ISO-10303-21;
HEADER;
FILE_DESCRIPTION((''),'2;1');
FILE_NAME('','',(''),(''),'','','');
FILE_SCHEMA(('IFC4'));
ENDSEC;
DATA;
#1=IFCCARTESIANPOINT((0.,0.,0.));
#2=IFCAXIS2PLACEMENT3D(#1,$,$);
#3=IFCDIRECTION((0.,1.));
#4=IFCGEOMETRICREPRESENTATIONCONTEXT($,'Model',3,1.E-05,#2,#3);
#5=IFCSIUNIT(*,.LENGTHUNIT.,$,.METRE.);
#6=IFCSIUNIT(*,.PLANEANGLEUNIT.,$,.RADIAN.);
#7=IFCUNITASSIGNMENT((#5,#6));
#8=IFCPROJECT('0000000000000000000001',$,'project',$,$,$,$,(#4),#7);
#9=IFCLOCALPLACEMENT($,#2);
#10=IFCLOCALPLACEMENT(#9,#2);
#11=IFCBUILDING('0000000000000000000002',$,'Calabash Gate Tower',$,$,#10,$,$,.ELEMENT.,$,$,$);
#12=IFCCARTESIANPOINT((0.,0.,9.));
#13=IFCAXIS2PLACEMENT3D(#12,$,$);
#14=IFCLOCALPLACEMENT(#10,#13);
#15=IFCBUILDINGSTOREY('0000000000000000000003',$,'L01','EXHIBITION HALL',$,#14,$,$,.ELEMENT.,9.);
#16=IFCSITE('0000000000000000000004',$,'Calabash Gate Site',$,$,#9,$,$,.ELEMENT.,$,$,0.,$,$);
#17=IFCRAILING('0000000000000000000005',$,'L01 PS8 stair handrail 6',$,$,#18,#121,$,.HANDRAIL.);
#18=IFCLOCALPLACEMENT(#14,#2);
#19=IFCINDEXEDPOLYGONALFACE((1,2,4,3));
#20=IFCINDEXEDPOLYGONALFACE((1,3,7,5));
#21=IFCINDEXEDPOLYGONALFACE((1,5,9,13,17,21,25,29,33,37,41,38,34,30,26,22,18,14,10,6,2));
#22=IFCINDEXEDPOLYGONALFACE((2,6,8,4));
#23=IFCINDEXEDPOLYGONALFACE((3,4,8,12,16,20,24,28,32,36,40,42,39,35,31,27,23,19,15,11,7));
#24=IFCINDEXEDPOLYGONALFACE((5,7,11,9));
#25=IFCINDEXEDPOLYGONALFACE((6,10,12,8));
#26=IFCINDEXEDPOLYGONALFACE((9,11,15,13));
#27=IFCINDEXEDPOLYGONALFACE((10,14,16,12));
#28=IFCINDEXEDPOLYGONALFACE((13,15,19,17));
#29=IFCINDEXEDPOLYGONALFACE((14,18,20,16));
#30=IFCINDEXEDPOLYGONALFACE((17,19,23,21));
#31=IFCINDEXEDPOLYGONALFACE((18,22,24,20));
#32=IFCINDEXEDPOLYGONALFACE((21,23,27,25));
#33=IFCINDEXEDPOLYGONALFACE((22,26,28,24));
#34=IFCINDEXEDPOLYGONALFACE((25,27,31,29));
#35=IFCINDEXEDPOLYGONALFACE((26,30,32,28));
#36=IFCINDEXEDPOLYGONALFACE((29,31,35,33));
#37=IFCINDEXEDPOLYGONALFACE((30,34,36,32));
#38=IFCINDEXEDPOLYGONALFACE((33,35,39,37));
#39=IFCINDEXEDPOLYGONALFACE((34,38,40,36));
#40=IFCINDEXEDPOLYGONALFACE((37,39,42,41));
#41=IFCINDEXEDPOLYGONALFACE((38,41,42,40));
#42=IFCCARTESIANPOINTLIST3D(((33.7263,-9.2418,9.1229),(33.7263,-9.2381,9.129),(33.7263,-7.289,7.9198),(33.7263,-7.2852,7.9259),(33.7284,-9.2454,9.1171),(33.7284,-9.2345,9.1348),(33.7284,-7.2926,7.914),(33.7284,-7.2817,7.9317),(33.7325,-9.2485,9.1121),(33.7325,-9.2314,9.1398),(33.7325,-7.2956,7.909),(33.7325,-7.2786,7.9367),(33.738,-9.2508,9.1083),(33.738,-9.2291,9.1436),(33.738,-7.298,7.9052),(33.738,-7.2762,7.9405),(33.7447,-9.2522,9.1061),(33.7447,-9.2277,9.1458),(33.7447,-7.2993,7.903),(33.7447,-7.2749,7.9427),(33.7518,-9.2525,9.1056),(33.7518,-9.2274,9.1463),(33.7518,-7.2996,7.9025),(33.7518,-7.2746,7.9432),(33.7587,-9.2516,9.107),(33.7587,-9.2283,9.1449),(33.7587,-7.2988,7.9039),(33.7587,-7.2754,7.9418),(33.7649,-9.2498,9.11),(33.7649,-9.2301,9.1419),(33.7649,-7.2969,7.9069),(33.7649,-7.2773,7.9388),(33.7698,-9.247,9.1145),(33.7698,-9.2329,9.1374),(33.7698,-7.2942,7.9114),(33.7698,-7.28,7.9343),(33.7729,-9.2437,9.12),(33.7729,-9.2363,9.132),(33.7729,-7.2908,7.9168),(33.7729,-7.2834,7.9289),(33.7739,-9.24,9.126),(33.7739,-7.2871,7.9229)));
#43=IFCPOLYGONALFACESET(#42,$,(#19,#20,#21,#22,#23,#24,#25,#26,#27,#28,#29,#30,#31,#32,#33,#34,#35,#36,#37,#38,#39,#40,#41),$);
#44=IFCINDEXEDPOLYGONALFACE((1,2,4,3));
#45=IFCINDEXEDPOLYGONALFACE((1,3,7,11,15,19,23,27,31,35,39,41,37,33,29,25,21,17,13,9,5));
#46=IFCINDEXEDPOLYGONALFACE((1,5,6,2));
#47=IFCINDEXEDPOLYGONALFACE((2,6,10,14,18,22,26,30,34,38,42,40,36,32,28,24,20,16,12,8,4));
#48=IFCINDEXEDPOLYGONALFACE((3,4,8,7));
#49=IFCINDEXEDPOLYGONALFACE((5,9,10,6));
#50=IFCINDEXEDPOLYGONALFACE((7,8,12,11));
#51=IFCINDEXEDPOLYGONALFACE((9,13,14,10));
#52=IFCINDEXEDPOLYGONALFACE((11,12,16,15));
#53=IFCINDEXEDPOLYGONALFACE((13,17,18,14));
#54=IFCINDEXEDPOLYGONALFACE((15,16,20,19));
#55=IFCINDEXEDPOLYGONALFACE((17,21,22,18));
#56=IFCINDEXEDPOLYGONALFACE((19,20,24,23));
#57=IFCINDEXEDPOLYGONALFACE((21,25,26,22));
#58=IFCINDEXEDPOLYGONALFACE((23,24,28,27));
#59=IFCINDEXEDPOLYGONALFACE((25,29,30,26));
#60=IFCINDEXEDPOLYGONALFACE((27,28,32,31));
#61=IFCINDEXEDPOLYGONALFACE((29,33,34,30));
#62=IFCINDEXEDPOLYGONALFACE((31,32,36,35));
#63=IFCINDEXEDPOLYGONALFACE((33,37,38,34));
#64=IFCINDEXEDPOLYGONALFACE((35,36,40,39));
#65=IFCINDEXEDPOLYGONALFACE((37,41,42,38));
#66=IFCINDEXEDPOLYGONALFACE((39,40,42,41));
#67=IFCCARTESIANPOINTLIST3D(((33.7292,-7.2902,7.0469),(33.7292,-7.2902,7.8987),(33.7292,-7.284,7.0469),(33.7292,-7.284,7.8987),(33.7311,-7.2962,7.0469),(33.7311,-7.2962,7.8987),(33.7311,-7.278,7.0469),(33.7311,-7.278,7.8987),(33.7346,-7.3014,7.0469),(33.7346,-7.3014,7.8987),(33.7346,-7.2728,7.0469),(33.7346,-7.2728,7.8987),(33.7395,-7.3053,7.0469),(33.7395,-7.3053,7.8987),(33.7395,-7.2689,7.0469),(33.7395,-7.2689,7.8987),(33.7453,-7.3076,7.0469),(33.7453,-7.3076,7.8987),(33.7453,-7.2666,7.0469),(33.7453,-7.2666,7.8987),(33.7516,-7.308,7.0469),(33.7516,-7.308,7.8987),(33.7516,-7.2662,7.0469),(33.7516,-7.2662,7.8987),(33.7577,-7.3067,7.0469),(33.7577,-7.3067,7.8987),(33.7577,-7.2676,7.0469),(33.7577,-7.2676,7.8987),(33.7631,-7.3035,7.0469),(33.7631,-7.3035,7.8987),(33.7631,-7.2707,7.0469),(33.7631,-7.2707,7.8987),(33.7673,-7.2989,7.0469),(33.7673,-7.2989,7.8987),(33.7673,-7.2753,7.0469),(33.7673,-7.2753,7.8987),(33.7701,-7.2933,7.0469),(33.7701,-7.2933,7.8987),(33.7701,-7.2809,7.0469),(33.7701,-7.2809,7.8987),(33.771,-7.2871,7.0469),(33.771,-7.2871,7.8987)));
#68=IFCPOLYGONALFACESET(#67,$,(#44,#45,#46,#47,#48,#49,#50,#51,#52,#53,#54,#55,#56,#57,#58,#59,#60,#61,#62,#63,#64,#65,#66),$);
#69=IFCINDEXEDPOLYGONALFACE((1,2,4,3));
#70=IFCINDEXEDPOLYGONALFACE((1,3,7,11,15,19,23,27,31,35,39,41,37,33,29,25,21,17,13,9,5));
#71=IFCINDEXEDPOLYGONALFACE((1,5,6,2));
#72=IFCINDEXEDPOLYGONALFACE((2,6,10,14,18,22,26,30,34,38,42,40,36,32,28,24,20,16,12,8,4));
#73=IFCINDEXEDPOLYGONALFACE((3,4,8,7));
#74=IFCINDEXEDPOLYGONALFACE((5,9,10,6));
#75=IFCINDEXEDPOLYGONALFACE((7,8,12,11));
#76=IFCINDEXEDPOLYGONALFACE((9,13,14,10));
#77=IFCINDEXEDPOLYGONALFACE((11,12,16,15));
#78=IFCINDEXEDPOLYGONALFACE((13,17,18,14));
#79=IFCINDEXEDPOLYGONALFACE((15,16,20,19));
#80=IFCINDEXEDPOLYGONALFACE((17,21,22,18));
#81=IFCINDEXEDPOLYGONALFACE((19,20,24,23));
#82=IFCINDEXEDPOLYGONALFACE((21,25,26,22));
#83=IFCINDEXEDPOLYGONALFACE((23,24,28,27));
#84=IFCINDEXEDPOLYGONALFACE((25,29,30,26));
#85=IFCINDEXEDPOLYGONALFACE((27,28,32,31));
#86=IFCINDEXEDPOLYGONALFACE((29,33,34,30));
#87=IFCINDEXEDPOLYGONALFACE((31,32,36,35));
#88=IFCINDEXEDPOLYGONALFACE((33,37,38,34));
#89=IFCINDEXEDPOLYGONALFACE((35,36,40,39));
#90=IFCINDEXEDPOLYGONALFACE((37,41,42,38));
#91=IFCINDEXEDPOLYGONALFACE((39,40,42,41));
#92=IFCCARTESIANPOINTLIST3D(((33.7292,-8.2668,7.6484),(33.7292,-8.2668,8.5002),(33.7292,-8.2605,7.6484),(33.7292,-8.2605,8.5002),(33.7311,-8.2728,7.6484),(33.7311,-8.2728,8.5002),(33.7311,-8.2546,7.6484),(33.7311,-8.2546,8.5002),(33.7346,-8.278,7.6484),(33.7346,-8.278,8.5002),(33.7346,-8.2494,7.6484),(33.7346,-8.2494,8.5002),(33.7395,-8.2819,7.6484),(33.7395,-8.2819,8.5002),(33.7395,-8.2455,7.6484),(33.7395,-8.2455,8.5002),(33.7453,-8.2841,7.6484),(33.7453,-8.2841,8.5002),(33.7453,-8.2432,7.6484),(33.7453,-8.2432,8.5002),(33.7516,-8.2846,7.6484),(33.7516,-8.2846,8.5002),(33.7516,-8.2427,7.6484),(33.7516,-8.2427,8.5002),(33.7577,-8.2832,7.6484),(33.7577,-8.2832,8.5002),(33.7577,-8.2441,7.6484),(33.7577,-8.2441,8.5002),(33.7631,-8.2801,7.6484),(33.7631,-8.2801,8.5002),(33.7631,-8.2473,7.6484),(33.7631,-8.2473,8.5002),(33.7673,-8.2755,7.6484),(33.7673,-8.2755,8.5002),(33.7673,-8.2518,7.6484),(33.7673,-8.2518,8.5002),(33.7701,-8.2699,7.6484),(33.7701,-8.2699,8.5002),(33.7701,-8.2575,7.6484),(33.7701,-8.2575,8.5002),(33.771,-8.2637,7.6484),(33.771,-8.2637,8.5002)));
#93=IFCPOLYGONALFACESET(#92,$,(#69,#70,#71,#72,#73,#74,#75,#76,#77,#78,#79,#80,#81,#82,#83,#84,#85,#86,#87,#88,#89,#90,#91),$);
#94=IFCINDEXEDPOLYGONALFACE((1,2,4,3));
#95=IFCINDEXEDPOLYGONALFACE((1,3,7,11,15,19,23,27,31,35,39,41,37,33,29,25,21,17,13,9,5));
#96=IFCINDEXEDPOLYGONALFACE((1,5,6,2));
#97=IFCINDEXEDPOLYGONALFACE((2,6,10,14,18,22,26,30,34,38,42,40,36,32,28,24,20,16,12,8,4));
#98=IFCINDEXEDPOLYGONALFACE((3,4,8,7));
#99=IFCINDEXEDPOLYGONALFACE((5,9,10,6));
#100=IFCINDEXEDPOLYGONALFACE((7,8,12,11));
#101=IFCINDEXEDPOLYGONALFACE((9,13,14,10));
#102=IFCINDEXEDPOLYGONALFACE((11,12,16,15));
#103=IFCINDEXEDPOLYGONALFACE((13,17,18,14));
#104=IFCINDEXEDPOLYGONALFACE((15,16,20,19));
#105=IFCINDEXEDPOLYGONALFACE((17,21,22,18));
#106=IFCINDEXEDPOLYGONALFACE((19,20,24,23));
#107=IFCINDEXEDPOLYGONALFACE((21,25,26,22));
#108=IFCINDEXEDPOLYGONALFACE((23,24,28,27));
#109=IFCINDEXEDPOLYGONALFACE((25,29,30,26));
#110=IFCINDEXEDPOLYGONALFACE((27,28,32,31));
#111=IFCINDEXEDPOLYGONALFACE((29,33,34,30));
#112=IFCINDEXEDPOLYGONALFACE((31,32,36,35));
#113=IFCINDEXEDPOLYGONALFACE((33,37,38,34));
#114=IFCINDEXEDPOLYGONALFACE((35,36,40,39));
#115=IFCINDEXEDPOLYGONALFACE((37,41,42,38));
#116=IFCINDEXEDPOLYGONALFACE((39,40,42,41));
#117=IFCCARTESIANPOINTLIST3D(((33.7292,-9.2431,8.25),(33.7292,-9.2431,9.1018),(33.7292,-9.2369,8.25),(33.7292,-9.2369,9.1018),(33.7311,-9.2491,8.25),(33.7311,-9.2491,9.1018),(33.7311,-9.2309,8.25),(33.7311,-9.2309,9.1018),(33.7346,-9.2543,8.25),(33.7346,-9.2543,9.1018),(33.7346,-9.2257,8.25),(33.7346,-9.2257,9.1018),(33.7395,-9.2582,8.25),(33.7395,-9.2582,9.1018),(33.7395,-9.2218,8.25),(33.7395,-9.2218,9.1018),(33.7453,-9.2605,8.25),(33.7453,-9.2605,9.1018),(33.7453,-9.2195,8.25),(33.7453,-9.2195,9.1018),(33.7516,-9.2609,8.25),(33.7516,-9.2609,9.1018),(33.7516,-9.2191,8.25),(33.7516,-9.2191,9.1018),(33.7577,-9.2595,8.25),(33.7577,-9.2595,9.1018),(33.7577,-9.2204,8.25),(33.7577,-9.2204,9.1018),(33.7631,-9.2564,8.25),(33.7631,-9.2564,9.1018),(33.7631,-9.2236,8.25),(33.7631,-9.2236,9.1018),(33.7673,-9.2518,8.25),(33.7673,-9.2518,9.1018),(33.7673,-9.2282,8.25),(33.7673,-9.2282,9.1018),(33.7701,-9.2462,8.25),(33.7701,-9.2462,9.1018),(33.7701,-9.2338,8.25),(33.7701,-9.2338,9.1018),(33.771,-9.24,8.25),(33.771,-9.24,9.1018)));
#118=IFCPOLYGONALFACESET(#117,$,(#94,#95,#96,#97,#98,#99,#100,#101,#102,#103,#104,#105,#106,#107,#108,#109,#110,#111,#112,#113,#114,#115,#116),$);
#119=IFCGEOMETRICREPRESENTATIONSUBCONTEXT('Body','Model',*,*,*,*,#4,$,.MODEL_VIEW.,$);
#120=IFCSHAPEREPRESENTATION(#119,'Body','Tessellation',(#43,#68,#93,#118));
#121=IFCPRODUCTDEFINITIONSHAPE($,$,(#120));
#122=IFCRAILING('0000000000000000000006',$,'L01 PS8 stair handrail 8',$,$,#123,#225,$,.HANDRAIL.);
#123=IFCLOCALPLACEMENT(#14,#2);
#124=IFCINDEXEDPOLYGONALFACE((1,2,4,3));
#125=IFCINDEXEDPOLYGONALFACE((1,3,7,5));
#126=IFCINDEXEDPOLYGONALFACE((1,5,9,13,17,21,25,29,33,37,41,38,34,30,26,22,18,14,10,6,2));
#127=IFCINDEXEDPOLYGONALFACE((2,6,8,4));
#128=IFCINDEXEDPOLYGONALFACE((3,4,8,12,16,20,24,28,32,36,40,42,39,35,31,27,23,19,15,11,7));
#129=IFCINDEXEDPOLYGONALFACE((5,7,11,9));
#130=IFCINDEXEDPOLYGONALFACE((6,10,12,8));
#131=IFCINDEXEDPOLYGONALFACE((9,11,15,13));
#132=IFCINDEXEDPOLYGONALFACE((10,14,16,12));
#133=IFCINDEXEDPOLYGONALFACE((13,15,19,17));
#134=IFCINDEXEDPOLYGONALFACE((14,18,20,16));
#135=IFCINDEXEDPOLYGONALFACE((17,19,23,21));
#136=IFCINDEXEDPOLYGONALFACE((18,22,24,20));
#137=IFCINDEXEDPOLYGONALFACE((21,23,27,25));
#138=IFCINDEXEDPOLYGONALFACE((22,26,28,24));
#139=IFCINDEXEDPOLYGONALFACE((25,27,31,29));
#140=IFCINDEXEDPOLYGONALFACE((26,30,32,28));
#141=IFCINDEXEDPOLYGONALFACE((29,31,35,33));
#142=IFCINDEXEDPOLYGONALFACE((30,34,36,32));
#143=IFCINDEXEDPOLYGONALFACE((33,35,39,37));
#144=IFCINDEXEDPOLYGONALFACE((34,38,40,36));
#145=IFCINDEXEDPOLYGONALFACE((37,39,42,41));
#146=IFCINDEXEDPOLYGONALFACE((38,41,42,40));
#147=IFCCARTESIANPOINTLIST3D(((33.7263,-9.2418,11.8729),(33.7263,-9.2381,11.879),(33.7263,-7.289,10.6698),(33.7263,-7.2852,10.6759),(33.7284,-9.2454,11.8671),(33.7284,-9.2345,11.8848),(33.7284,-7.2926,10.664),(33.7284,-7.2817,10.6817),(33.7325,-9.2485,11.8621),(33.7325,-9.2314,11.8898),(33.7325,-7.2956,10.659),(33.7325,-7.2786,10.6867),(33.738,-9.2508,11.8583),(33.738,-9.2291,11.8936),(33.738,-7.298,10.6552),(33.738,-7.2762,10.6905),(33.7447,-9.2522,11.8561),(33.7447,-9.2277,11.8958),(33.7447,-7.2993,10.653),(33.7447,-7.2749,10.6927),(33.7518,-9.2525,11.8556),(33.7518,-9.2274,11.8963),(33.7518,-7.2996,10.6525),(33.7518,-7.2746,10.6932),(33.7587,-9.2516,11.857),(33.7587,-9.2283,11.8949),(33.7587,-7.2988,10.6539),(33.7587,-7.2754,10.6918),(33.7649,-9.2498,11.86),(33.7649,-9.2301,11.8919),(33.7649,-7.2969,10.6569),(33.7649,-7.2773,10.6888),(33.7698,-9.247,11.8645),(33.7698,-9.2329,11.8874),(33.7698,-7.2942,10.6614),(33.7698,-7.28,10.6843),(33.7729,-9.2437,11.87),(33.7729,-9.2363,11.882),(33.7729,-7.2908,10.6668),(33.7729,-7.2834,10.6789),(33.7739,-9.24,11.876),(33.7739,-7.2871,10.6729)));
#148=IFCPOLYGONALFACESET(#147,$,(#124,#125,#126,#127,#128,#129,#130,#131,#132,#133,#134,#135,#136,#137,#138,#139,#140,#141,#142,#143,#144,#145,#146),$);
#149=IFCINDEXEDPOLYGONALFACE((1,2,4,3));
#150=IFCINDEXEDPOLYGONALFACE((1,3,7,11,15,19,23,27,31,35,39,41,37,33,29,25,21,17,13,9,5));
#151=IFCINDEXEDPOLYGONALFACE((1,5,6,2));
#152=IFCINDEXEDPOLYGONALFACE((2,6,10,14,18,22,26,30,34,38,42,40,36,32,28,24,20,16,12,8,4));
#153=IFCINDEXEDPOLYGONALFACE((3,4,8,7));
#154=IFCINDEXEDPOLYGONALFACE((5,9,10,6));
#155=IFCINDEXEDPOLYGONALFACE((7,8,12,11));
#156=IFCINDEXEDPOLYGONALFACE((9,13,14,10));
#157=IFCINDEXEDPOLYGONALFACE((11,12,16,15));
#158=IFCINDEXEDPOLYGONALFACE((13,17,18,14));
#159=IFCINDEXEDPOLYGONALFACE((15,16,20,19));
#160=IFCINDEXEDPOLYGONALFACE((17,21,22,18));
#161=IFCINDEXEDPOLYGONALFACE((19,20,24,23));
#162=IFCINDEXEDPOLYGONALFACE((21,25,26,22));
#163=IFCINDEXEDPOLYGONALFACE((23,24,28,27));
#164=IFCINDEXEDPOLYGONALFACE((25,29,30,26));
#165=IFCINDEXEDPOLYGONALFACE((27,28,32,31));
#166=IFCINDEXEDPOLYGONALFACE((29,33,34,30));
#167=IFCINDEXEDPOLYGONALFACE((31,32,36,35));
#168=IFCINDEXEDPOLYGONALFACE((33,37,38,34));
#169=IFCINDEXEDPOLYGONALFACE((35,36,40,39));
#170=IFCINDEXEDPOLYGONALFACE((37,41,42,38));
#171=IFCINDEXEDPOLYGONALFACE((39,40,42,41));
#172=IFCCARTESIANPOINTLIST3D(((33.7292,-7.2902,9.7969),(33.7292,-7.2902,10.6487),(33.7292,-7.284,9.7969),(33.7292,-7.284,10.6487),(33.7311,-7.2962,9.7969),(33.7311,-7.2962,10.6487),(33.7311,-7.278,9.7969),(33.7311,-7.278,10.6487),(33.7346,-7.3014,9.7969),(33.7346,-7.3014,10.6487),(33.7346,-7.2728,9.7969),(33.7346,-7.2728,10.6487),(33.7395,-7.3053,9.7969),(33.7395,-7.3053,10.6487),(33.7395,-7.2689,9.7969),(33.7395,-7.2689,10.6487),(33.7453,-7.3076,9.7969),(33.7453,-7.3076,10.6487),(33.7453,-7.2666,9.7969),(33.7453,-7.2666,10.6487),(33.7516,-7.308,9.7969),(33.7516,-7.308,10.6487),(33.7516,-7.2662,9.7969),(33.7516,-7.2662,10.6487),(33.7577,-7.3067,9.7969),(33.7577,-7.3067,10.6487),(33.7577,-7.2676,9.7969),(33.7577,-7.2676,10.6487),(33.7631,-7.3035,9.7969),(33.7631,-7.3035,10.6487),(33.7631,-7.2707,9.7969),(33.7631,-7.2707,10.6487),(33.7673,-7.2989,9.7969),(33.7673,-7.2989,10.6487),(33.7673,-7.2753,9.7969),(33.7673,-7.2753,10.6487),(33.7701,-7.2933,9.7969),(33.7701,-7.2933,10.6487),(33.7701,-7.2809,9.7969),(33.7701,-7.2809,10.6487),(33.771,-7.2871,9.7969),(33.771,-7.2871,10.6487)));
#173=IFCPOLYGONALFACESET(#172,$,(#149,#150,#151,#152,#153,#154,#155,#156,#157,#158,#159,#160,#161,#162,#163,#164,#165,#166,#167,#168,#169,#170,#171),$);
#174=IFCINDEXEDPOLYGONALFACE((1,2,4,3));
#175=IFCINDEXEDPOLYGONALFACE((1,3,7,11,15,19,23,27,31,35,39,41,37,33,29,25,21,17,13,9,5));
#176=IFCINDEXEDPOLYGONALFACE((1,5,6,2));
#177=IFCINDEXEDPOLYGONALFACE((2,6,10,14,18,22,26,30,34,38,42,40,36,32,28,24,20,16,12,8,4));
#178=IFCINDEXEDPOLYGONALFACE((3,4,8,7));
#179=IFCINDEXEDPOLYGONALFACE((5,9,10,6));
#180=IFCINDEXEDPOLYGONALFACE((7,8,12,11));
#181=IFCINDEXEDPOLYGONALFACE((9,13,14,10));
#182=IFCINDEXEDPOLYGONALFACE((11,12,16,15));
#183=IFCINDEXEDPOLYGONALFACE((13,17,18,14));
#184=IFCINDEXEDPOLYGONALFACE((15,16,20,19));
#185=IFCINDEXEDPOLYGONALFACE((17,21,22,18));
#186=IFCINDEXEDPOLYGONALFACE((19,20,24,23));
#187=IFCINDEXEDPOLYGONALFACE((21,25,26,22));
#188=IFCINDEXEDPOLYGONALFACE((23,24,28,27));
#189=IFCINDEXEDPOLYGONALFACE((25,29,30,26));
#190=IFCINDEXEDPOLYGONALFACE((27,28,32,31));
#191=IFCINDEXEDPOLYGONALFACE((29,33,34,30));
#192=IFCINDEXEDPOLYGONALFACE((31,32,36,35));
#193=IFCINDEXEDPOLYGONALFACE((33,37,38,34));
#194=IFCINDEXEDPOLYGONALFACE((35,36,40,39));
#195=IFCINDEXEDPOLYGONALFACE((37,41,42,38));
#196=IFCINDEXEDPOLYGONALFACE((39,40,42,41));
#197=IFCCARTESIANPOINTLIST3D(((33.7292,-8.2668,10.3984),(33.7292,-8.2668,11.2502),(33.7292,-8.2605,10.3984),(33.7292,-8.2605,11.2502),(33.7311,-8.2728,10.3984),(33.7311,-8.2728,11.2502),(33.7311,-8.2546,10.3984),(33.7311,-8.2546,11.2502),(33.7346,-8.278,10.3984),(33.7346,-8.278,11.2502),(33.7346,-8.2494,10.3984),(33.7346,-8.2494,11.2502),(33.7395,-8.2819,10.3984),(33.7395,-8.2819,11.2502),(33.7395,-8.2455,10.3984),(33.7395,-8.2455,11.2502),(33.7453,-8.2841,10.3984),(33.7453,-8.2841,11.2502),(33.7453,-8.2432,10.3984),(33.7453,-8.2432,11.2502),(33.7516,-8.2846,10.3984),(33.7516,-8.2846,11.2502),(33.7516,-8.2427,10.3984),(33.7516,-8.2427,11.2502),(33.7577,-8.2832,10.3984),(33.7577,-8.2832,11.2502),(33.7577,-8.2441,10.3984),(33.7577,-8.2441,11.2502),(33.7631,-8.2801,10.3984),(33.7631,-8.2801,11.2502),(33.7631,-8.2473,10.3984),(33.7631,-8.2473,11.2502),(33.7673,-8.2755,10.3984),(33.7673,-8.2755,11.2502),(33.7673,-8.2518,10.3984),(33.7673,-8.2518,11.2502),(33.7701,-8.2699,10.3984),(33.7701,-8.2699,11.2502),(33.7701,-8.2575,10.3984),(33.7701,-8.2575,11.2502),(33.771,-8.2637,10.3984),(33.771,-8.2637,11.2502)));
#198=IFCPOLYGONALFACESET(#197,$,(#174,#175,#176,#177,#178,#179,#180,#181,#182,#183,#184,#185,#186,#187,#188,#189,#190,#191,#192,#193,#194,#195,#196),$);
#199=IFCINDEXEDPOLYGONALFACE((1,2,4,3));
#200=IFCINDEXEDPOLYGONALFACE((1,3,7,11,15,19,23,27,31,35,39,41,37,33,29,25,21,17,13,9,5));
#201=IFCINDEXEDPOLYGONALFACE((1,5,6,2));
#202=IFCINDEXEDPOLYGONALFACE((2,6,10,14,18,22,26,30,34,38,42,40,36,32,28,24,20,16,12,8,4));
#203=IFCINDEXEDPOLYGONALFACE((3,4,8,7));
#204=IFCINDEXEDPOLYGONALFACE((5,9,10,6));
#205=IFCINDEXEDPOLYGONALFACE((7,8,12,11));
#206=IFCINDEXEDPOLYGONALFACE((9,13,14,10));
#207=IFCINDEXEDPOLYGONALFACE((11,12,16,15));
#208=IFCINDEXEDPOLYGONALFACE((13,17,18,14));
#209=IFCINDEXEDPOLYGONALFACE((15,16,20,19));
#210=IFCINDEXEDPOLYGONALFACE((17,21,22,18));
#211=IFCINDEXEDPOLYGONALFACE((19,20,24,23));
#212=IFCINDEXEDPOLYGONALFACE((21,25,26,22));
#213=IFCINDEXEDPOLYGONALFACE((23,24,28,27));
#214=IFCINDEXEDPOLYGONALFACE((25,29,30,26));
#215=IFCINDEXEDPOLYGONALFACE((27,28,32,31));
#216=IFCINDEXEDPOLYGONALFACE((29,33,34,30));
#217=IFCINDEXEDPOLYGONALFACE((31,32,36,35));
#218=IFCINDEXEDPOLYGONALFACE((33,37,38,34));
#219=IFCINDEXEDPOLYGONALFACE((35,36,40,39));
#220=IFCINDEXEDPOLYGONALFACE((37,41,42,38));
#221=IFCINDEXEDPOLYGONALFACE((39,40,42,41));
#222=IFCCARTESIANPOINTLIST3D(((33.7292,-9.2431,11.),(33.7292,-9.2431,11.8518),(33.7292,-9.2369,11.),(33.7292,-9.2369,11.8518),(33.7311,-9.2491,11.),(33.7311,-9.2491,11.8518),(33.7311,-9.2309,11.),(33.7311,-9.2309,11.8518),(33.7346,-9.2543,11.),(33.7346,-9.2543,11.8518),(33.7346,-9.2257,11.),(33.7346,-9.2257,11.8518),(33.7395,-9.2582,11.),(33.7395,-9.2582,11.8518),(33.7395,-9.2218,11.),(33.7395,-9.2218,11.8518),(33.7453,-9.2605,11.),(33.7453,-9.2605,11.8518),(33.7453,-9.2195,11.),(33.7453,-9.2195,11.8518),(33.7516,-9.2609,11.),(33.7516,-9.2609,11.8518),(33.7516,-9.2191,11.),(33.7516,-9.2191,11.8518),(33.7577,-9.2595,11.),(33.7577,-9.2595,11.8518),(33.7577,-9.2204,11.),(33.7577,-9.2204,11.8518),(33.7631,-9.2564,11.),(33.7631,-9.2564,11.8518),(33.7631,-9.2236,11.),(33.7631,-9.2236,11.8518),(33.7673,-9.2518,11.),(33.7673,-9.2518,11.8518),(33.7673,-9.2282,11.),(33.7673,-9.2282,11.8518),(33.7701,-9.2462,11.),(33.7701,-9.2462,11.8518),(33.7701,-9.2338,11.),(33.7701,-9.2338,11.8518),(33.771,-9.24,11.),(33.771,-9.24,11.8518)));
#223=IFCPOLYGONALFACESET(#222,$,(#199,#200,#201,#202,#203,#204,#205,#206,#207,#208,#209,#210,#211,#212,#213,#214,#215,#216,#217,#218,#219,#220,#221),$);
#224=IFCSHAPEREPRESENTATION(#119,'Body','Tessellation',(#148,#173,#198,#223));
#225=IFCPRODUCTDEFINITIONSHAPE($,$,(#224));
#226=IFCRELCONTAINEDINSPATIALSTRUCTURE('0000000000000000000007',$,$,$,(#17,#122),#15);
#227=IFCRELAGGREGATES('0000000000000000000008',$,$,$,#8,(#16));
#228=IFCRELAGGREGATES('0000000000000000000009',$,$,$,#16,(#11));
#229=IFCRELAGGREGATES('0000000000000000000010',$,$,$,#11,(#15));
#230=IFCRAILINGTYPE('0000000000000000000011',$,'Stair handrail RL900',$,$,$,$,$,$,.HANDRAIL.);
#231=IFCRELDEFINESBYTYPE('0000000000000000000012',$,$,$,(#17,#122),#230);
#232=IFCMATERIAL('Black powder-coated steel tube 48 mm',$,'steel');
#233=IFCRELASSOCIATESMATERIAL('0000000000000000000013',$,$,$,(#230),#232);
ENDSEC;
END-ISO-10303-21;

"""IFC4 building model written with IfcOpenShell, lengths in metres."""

from ifc_helpers import new_model, si_unit, direction, frame, origin, origin_2d, place, context, subcontext, project, spatial, circle, extrude, material, type_object, element, save


model = new_model("IFC4")

# Units and contexts
model_context = context("Model", 3, precision=1e-05, world=origin(), true_north=direction((0.0, 1.0)))
body_context = subcontext(model_context, "Body", "Model", "MODEL_VIEW")
ifc_project = project(units=[si_unit("LENGTHUNIT", "METRE"), si_unit("PLANEANGLEUNIT", "RADIAN")], contexts=[model_context])

# Site, building, storey
site_placement = place(None, origin())
site = spatial("IfcSite", under=ifc_project, at=site_placement, Name="Calabash Gate Site", CompositionType="ELEMENT", RefElevation=0.0)
building_placement = place(site_placement, origin())
building = spatial("IfcBuilding", under=site, at=building_placement, Name="Calabash Gate Tower", CompositionType="ELEMENT")
storey_placement = place(building_placement, frame((0.0, 0.0, 9.0)))
storey = spatial("IfcBuildingStorey", under=building, at=storey_placement, Name="L01", Description="EXHIBITION HALL", CompositionType="ELEMENT", Elevation=9.0)

# Railings
ifc_material_1 = material(Name="Black powder-coated steel tube 48 mm", Category="steel")
railing_type_1 = type_object("IfcRailingType", Name="Stair handrail RL900", PredefinedType="HANDRAIL", material=ifc_material_1)
for number, where, name in (
    (1, (33.75, -7.2871, 7.0469), "L01 PS8 stair handrail 6"),
    (2, (33.75, -7.2871, 9.7969), "L01 PS8 stair handrail 8"),
):
    element("IfcRailing", number, at=place(storey_placement, frame(where)), inside=storey, type_object=railing_type_1, Name=name, PredefinedType="HANDRAIL", context=body_context, shape_type="SweptSolid", body=[
        extrude(circle(Radius=0.0239, at=origin_2d()), frame((0.0, 0.0, 0.876), z_axis=(0.0, -0.851395, 0.524525), x_axis=(1.0, 0.0, 0.0)), (0.0, 0.0, 1.0), 2.2937),
        extrude(circle(Radius=0.021, at=origin_2d()), origin(), (0.0, 0.0, 1.0), 0.8518),
        extrude(circle(Radius=0.021, at=origin_2d()), frame((0.0, -0.9766, 0.6016)), (0.0, 0.0, 1.0), 0.8518),
        extrude(circle(Radius=0.021, at=origin_2d()), frame((0.0, -1.9529, 1.2031)), (0.0, 0.0, 1.0), 0.8518),
    ])

save(model, "model.ifc")
